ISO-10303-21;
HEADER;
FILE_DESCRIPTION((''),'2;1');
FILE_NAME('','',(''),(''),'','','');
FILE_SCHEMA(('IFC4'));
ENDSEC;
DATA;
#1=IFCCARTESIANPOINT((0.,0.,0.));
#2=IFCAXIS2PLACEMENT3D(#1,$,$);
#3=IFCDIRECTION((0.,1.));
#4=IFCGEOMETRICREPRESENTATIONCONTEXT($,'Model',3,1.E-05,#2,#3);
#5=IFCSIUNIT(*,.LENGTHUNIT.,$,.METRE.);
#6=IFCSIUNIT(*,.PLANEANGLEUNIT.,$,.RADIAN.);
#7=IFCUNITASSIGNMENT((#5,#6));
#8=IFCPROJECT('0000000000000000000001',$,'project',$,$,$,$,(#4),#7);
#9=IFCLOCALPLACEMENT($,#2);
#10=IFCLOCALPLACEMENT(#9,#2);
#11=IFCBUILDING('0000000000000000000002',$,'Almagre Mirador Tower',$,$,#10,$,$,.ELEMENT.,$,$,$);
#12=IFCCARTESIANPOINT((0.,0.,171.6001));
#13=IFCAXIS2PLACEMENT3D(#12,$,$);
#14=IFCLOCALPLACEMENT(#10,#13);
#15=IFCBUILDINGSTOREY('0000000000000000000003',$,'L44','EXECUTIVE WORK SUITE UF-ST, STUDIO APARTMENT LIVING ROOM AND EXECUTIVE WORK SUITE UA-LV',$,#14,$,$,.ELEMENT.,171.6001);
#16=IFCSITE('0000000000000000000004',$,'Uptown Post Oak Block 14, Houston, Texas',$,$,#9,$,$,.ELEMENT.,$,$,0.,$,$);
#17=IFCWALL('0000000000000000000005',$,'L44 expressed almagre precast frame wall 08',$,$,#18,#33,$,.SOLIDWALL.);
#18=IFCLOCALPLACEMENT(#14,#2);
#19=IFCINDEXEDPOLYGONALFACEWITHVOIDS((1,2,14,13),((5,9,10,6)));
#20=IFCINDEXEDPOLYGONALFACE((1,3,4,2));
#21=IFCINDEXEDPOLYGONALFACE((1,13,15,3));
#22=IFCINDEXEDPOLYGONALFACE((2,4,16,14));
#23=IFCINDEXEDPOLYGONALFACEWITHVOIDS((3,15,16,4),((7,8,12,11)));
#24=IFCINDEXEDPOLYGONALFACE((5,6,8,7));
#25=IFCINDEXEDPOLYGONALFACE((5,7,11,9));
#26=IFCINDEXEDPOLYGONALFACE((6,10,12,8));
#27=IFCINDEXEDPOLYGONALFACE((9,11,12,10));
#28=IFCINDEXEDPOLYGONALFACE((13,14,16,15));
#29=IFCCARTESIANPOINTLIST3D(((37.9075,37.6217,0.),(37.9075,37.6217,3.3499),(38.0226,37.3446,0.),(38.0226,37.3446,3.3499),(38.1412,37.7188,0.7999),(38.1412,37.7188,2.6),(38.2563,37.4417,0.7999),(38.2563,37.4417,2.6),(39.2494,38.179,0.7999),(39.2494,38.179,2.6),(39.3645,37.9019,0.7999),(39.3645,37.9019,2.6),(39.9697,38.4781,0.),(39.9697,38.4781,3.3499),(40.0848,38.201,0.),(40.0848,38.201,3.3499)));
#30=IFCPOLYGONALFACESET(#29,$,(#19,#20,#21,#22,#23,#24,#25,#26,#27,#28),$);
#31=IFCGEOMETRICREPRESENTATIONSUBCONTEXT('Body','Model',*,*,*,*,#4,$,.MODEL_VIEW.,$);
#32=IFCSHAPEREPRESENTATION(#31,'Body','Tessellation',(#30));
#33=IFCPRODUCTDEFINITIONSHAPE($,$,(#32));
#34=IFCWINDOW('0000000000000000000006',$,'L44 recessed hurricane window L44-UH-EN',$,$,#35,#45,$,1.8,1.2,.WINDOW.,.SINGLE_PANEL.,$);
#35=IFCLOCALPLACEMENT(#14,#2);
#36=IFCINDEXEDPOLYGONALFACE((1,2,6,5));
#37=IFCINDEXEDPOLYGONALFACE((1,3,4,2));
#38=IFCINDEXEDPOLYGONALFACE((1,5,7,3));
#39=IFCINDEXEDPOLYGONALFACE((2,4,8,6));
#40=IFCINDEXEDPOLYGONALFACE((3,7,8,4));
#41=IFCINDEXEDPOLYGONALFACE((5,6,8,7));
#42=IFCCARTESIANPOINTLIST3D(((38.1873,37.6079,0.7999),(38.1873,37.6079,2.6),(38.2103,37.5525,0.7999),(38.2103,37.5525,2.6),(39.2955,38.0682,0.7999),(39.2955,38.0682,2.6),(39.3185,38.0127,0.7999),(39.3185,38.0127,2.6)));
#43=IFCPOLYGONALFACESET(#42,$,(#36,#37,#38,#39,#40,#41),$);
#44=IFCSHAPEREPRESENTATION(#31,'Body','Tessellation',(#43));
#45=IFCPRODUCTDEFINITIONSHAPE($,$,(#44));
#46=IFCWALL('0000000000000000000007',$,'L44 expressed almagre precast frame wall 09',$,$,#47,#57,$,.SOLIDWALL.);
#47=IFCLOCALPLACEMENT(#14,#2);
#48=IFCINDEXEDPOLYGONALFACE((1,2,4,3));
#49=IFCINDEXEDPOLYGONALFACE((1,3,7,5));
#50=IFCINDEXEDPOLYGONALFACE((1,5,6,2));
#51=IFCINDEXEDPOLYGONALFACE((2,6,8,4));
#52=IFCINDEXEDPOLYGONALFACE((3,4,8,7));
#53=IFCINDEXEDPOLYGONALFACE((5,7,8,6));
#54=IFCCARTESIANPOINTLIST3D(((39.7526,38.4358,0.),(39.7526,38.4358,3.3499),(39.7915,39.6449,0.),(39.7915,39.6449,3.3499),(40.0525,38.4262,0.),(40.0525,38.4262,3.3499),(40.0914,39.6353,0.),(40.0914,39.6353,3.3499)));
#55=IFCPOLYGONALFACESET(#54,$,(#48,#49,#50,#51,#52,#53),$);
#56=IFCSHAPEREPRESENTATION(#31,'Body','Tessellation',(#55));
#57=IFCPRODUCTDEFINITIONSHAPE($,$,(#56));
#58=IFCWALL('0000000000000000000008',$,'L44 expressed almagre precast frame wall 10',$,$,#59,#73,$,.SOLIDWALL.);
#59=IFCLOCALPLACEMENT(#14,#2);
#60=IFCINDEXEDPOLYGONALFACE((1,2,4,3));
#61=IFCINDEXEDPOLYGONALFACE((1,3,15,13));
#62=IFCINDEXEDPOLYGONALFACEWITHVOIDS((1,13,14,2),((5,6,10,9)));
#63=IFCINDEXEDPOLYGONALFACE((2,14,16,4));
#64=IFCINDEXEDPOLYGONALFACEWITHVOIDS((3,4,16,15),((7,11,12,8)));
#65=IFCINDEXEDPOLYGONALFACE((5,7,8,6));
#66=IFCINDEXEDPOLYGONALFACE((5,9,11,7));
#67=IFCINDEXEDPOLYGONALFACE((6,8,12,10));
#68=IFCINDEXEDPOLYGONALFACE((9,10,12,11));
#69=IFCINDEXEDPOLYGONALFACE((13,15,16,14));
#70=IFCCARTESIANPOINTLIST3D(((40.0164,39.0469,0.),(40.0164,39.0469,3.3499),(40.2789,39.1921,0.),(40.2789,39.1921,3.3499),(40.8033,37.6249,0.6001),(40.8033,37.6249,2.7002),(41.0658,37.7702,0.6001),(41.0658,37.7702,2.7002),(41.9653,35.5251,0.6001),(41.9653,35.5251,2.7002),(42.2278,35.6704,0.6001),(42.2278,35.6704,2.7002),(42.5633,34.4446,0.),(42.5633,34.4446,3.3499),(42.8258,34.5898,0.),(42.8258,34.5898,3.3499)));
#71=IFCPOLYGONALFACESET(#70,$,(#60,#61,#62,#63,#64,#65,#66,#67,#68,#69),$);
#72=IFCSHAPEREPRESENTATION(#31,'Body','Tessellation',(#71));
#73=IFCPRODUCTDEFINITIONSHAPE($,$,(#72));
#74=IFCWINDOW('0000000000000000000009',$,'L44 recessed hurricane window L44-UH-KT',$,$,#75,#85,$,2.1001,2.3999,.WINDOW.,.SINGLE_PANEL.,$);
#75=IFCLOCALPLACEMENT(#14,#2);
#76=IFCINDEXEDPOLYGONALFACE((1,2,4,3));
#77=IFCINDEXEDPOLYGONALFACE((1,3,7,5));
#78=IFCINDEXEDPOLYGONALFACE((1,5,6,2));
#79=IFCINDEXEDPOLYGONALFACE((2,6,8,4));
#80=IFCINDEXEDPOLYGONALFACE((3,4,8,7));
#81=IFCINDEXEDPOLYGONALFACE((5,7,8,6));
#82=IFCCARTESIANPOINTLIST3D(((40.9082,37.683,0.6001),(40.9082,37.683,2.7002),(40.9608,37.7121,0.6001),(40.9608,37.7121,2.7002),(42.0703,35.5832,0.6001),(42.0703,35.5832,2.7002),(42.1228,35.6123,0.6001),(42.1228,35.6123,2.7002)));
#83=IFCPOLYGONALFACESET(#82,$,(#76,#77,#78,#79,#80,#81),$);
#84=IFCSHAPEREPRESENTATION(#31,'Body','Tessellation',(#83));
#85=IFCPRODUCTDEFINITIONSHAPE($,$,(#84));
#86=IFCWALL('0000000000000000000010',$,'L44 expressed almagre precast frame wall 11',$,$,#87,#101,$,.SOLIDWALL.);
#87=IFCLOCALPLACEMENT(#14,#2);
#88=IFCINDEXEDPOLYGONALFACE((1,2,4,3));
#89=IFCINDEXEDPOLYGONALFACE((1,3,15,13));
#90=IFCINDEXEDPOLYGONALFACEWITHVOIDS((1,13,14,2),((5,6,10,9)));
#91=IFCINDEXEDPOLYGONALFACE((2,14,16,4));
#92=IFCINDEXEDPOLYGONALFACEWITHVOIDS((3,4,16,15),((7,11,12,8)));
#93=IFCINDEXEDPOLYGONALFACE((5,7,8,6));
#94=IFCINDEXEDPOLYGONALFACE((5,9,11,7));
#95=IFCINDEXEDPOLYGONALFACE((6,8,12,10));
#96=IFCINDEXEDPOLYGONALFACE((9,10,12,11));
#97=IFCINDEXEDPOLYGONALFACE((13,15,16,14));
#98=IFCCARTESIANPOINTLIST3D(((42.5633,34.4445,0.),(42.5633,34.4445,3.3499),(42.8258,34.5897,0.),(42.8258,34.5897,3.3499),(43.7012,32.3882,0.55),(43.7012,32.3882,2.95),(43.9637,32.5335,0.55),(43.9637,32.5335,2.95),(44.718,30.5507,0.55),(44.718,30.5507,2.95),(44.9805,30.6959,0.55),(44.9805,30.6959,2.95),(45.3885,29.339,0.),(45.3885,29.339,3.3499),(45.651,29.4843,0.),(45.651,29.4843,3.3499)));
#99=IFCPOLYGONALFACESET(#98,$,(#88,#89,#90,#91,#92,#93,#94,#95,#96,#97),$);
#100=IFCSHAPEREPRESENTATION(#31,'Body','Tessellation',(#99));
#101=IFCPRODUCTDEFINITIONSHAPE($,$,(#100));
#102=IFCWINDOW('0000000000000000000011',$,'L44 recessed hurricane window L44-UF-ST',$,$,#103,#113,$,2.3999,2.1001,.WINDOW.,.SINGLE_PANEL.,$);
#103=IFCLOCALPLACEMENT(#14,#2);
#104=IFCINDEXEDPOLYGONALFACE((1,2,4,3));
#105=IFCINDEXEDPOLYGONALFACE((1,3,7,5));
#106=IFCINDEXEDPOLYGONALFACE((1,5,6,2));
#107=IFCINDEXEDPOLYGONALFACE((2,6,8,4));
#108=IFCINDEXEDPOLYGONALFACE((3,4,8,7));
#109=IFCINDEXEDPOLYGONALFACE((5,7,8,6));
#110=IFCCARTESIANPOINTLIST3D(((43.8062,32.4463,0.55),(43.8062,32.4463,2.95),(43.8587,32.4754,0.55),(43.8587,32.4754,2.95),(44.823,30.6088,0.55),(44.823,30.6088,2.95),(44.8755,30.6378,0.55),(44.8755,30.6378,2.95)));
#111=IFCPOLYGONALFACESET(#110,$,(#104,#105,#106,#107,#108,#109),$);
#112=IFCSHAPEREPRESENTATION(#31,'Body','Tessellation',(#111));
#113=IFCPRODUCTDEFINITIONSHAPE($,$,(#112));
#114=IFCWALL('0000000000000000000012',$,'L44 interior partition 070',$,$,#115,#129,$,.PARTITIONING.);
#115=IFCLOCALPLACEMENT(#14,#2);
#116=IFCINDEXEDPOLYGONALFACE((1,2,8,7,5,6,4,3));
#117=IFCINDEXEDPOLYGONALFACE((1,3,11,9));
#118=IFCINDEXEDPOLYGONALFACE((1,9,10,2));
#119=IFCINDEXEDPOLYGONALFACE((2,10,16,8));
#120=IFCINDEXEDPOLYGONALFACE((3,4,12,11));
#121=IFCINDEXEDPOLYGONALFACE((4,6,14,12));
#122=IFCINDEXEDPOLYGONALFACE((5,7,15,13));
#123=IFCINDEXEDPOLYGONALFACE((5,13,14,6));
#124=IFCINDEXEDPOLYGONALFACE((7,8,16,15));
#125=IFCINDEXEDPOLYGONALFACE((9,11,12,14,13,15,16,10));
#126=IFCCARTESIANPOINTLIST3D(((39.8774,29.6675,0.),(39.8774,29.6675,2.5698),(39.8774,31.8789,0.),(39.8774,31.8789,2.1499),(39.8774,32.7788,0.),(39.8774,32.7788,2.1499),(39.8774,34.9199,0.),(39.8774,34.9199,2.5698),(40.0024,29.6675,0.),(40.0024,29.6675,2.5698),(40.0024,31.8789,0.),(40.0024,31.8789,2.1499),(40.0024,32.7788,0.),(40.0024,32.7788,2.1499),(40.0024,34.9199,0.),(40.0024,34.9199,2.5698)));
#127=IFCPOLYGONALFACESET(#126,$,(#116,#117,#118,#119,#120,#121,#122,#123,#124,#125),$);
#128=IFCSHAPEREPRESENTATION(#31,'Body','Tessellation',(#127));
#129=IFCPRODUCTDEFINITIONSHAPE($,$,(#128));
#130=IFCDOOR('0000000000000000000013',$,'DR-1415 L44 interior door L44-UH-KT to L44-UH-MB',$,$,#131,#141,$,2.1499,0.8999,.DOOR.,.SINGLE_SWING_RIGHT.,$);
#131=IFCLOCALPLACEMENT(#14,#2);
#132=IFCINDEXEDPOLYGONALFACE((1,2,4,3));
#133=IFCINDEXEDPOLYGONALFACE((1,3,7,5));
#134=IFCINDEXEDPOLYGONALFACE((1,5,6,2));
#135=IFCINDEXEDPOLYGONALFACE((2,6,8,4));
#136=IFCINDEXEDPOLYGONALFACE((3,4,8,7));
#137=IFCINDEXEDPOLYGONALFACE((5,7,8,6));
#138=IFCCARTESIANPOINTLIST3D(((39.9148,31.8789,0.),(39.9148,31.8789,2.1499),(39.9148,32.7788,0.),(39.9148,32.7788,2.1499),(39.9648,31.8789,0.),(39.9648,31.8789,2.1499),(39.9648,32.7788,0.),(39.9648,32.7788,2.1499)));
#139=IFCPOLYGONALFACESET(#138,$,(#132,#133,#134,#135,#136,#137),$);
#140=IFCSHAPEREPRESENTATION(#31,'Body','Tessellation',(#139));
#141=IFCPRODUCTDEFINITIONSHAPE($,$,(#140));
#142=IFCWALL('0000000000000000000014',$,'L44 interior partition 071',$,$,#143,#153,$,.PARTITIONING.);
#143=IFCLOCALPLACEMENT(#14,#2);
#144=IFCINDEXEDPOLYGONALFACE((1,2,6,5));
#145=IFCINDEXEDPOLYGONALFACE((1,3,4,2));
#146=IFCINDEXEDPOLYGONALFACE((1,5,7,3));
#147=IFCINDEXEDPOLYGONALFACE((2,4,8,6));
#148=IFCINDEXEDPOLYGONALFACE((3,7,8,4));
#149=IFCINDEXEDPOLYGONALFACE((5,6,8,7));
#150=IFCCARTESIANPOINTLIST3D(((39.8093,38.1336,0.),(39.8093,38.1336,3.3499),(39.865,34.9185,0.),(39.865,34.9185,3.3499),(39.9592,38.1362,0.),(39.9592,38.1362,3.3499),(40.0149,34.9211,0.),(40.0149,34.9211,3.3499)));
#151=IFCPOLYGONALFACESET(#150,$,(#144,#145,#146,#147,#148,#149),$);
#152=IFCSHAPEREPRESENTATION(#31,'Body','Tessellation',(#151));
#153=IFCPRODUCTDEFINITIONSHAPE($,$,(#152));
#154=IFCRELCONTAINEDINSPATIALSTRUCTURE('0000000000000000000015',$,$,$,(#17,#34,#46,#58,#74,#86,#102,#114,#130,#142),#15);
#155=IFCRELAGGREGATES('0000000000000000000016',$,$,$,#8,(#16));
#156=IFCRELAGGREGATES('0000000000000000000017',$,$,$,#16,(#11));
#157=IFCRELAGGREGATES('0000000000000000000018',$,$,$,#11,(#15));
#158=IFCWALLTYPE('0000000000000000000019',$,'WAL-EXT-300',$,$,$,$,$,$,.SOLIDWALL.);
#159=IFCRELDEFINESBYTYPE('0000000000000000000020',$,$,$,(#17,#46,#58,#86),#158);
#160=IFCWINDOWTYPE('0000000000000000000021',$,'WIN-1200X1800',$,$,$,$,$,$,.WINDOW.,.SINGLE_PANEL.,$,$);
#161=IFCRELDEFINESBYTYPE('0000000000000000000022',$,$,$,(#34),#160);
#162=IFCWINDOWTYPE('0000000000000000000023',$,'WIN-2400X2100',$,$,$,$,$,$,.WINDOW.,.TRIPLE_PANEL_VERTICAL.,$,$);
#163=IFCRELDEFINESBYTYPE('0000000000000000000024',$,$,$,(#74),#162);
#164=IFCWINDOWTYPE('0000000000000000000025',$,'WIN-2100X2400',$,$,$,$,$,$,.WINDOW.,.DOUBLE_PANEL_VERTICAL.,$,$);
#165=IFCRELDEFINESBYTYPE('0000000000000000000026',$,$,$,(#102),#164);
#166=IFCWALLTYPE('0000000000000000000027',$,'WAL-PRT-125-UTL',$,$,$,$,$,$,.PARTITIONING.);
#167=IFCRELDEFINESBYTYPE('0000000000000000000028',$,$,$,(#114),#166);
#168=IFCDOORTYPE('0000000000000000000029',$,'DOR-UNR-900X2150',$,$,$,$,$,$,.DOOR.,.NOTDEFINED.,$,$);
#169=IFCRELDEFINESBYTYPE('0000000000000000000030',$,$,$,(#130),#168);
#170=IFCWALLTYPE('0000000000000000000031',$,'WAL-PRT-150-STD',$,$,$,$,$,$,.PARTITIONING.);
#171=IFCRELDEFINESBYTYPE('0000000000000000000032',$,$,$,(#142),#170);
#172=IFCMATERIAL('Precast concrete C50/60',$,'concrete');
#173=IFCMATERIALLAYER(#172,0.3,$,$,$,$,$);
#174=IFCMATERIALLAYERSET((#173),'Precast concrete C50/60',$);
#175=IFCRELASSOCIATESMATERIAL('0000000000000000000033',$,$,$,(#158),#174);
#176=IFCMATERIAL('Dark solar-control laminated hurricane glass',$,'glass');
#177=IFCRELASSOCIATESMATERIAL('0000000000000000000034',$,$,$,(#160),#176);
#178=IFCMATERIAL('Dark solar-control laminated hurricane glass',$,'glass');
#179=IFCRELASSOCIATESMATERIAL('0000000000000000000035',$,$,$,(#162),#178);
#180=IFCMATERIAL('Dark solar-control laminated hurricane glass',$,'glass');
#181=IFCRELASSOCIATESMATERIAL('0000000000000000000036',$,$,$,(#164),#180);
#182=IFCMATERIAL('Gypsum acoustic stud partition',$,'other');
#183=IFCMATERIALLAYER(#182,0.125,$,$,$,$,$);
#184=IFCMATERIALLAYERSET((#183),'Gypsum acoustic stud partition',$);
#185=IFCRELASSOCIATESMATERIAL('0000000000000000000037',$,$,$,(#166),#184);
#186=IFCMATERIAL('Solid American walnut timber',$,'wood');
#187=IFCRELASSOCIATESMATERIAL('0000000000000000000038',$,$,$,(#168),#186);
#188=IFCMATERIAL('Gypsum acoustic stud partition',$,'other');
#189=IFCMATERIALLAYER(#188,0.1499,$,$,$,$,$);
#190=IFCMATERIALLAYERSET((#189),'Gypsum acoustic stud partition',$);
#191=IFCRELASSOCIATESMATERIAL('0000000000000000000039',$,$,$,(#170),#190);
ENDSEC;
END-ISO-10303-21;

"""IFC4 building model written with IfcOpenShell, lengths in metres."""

from ifc_helpers import new_model, si_unit, direction, frame, frame_2d, origin, place, context, subcontext, project, spatial, rectangle, extrude, material, layer, layer_set, type_object, element, fill, save


model = new_model("IFC4")

# Units and contexts
model_context = context("Model", 3, precision=1e-05, world=origin(), true_north=direction((0.0, 1.0)))
body_context = subcontext(model_context, "Body", "Model", "MODEL_VIEW")
ifc_project = project(units=[si_unit("LENGTHUNIT", "METRE"), si_unit("PLANEANGLEUNIT", "RADIAN")], contexts=[model_context])

# Site, building, storey
site_placement = place(None, origin())
site = spatial("IfcSite", under=ifc_project, at=site_placement, Name="Uptown Post Oak Block 14, Houston, Texas", CompositionType="ELEMENT", RefElevation=0.0)
building_placement = place(site_placement, origin())
building = spatial("IfcBuilding", under=site, at=building_placement, Name="Almagre Mirador Tower", CompositionType="ELEMENT")
storey_placement = place(building_placement, frame((0.0, 0.0, 171.6001)))
storey = spatial("IfcBuildingStorey", under=building, at=storey_placement, Name="L44", Description="EXECUTIVE WORK SUITE UF-ST, STUDIO APARTMENT LIVING ROOM AND EXECUTIVE WORK SUITE UA-LV", CompositionType="ELEMENT", Elevation=171.6001)

# Wall, opening, window
ifc_material_1 = material(Name="Precast concrete C50/60", Category="concrete")
ifc_layer_1 = layer(ifc_material_1, 0.3)
ifc_layer_set_1 = layer_set([ifc_layer_1], Name="Precast concrete C50/60")
wall_type_1 = type_object("IfcWallType", Name="WAL-EXT-300", PredefinedType="SOLIDWALL", material=ifc_layer_set_1)
wall_1_placement = place(storey_placement, frame((37.9651, 37.4832, 0.0), z_axis=(0.0, 0.0, 1.0), x_axis=(0.923526, 0.383536, 0.0)))
wall_1 = element("IfcWall", 1, at=wall_1_placement, inside=storey, type_object=wall_type_1, Name="L44 expressed almagre precast frame wall 08", PredefinedType="SOLIDWALL", context=body_context, shape_type="SweptSolid", body=[
    extrude(rectangle(XDim=2.2329, YDim=0.3, at=frame_2d((1.1165, 0.0))), origin(), (0.0, 0.0, 1.0), 3.3499),
])
opening_1_placement = place(wall_1_placement, frame((0.2529, 0.0, 0.8)))
opening_1 = element("IfcOpeningElement", 2, at=opening_1_placement, cuts=wall_1, PredefinedType="OPENING", context=body_context, shape_type="SweptSolid", body=[
    extrude(rectangle(XDim=1.2, YDim=1.8, at=frame_2d((0.6001, 0.8999))), frame((0.0, 0.1599, 0.0), z_axis=(0.0, -1.0, 0.0), x_axis=(1.0, 0.0, 0.0)), (0.0, 0.0, 1.0), 0.32),
])
ifc_material_2 = material(Name="Dark solar-control laminated hurricane glass", Category="glass")
window_type_1 = type_object("IfcWindowType", Name="WIN-1200X1800", PartitioningType="SINGLE_PANEL", PredefinedType="WINDOW", material=ifc_material_2)
window_1_placement = place(opening_1_placement, origin())
window_1 = element("IfcWindow", 3, at=window_1_placement, inside=storey, type_object=window_type_1, Name="L44 recessed hurricane window L44-UH-EN", OverallHeight=1.8, OverallWidth=1.2, PartitioningType="SINGLE_PANEL", PredefinedType="WINDOW", context=body_context, shape_type="SweptSolid", body=[
    extrude(rectangle(XDim=1.2, YDim=1.8, at=frame_2d((0.6001, 0.8999))), frame((0.0, 0.03, 0.0), z_axis=(0.0, -1.0, 0.0), x_axis=(1.0, 0.0, 0.0)), (0.0, 0.0, 1.0), 0.0601),
])
fill(opening_1, window_1)

# Wall
wall_2_placement = place(storey_placement, frame((39.9026, 38.4309, 0.0), z_axis=(0.0, 0.0, 1.0), x_axis=(0.032092, 0.999485, 0.0)))
element("IfcWall", 4, at=wall_2_placement, inside=storey, type_object=wall_type_1, Name="L44 expressed almagre precast frame wall 09", PredefinedType="SOLIDWALL", context=body_context, shape_type="SweptSolid", body=[
    extrude(rectangle(XDim=1.2097, YDim=0.3, at=frame_2d((0.605, 0.0))), origin(), (0.0, 0.0, 1.0), 3.3499),
])

# Walls, openings, windows
wall_3_placement = place(storey_placement, frame((40.1477, 39.1194, 0.0), z_axis=(0.0, 0.0, 1.0), x_axis=(0.484196, -0.87496, 0.0)))
wall_3 = element("IfcWall", 5, at=wall_3_placement, inside=storey, type_object=wall_type_1, Name="L44 expressed almagre precast frame wall 10", PredefinedType="SOLIDWALL", context=body_context, shape_type="SweptSolid", body=[
    extrude(rectangle(XDim=5.26, YDim=0.3, at=frame_2d((2.6299, 0.0))), origin(), (0.0, 0.0, 1.0), 3.3499),
])
opening_2_placement = place(wall_3_placement, frame((1.625, 0.0, 0.6001)))
opening_2 = element("IfcOpeningElement", 6, at=opening_2_placement, cuts=wall_3, PredefinedType="OPENING", context=body_context, shape_type="SweptSolid", body=[
    extrude(rectangle(XDim=2.3999, YDim=2.1001, at=frame_2d((1.2, 1.05))), frame((0.0, 0.1599, 0.0), z_axis=(0.0, -1.0, 0.0), x_axis=(1.0, 0.0, 0.0)), (0.0, 0.0, 1.0), 0.32),
])
ifc_material_3 = material(Name="Dark solar-control laminated hurricane glass", Category="glass")
window_type_2 = type_object("IfcWindowType", Name="WIN-2400X2100", PartitioningType="TRIPLE_PANEL_VERTICAL", PredefinedType="WINDOW", material=ifc_material_3)
window_2_placement = place(opening_2_placement, origin())
window_2 = element("IfcWindow", 7, at=window_2_placement, inside=storey, type_object=window_type_2, Name="L44 recessed hurricane window L44-UH-KT", OverallHeight=2.1001, OverallWidth=2.3999, PartitioningType="SINGLE_PANEL", PredefinedType="WINDOW", context=body_context, shape_type="SweptSolid", body=[
    extrude(rectangle(XDim=2.3999, YDim=2.1001, at=frame_2d((1.2, 1.05))), frame((0.0, 0.03, 0.0), z_axis=(0.0, -1.0, 0.0), x_axis=(1.0, 0.0, 0.0)), (0.0, 0.0, 1.0), 0.0601),
])
fill(opening_2, window_2)
wall_4_placement = place(storey_placement, frame((42.6946, 34.5171, 0.0), z_axis=(0.0, 0.0, 1.0), x_axis=(0.484179, -0.874969, 0.0)))
wall_4 = element("IfcWall", 8, at=wall_4_placement, inside=storey, type_object=wall_type_1, Name="L44 expressed almagre precast frame wall 11", PredefinedType="SOLIDWALL", context=body_context, shape_type="SweptSolid", body=[
    extrude(rectangle(XDim=5.835, YDim=0.3, at=frame_2d((2.9175, 0.0))), origin(), (0.0, 0.0, 1.0), 3.3499),
])
opening_3_placement = place(wall_4_placement, frame((2.3501, 0.0, 0.55)))
opening_3 = element("IfcOpeningElement", 9, at=opening_3_placement, cuts=wall_4, PredefinedType="OPENING", context=body_context, shape_type="SweptSolid", body=[
    extrude(rectangle(XDim=2.1001, YDim=2.3999, at=frame_2d((1.05, 1.2))), frame((0.0, 0.1599, 0.0), z_axis=(0.0, -1.0, 0.0), x_axis=(1.0, 0.0, 0.0)), (0.0, 0.0, 1.0), 0.32),
])
ifc_material_4 = material(Name="Dark solar-control laminated hurricane glass", Category="glass")
window_type_3 = type_object("IfcWindowType", Name="WIN-2100X2400", PartitioningType="DOUBLE_PANEL_VERTICAL", PredefinedType="WINDOW", material=ifc_material_4)
window_3_placement = place(opening_3_placement, origin())
window_3 = element("IfcWindow", 10, at=window_3_placement, inside=storey, type_object=window_type_3, Name="L44 recessed hurricane window L44-UF-ST", OverallHeight=2.3999, OverallWidth=2.1001, PartitioningType="SINGLE_PANEL", PredefinedType="WINDOW", context=body_context, shape_type="SweptSolid", body=[
    extrude(rectangle(XDim=2.1001, YDim=2.3999, at=frame_2d((1.05, 1.2))), frame((0.0, 0.03, 0.0), z_axis=(0.0, -1.0, 0.0), x_axis=(1.0, 0.0, 0.0)), (0.0, 0.0, 1.0), 0.0601),
])
fill(opening_3, window_3)

# Wall, opening, door
ifc_material_5 = material(Name="Gypsum acoustic stud partition", Category="other")
ifc_layer_2 = layer(ifc_material_5, 0.125)
ifc_layer_set_2 = layer_set([ifc_layer_2], Name="Gypsum acoustic stud partition")
wall_type_2 = type_object("IfcWallType", Name="WAL-PRT-125-UTL", PredefinedType="PARTITIONING", material=ifc_layer_set_2)
wall_5_placement = place(storey_placement, frame((39.9399, 34.9199, 0.0), z_axis=(0.0, 0.0, 1.0), x_axis=(0.0, -1.0, 0.0)))
wall_5 = element("IfcWall", 11, at=wall_5_placement, inside=storey, type_object=wall_type_2, Name="L44 interior partition 070", PredefinedType="PARTITIONING", context=body_context, shape_type="SweptSolid", body=[
    extrude(rectangle(XDim=5.2524, YDim=0.125, at=frame_2d((2.6262, 0.0))), origin(), (0.0, 0.0, 1.0), 2.5698),
])
opening_4_placement = place(wall_5_placement, frame((2.1411, 0.0, 0.0)))
opening_4 = element("IfcOpeningElement", 12, at=opening_4_placement, cuts=wall_5, PredefinedType="OPENING", context=body_context, shape_type="SweptSolid", body=[
    extrude(rectangle(XDim=0.8999, YDim=2.1499, at=frame_2d((0.45, 1.075))), frame((0.0, 0.0725, 0.0), z_axis=(0.0, -1.0, 0.0), x_axis=(1.0, 0.0, 0.0)), (0.0, 0.0, 1.0), 0.145),
])
ifc_material_6 = material(Name="Solid American walnut timber", Category="wood")
door_type_1 = type_object("IfcDoorType", Name="DOR-UNR-900X2150", OperationType="NOTDEFINED", PredefinedType="DOOR", material=ifc_material_6)
door_1_placement = place(opening_4_placement, origin())
door_1 = element("IfcDoor", 13, at=door_1_placement, inside=storey, type_object=door_type_1, Name="DR-1415 L44 interior door L44-UH-KT to L44-UH-MB", OperationType="SINGLE_SWING_RIGHT", OverallHeight=2.1499, OverallWidth=0.8999, PredefinedType="DOOR", context=body_context, shape_type="SweptSolid", body=[
    extrude(rectangle(XDim=0.8999, YDim=2.1499, at=frame_2d((0.45, 1.075))), frame((0.0, 0.0249, 0.0), z_axis=(0.0, -1.0, 0.0), x_axis=(1.0, 0.0, 0.0)), (0.0, 0.0, 1.0), 0.05),
])
fill(opening_4, door_1)

# Wall
ifc_material_7 = material(Name="Gypsum acoustic stud partition", Category="other")
ifc_layer_3 = layer(ifc_material_7, 0.1499)
ifc_layer_set_3 = layer_set([ifc_layer_3], Name="Gypsum acoustic stud partition")
wall_type_3 = type_object("IfcWallType", Name="WAL-PRT-150-STD", PredefinedType="PARTITIONING", material=ifc_layer_set_3)
wall_6_placement = place(storey_placement, frame((39.8843, 38.135, 0.0), z_axis=(0.0, 0.0, 1.0), x_axis=(0.017311, -0.99985, 0.0)))
element("IfcWall", 14, at=wall_6_placement, inside=storey, type_object=wall_type_3, Name="L44 interior partition 071", PredefinedType="PARTITIONING", context=body_context, shape_type="SweptSolid", body=[
    extrude(rectangle(XDim=3.2156, YDim=0.1499, at=frame_2d((1.6079, 0.0))), origin(), (0.0, 0.0, 1.0), 3.3499),
])

save(model, "model.ifc")
